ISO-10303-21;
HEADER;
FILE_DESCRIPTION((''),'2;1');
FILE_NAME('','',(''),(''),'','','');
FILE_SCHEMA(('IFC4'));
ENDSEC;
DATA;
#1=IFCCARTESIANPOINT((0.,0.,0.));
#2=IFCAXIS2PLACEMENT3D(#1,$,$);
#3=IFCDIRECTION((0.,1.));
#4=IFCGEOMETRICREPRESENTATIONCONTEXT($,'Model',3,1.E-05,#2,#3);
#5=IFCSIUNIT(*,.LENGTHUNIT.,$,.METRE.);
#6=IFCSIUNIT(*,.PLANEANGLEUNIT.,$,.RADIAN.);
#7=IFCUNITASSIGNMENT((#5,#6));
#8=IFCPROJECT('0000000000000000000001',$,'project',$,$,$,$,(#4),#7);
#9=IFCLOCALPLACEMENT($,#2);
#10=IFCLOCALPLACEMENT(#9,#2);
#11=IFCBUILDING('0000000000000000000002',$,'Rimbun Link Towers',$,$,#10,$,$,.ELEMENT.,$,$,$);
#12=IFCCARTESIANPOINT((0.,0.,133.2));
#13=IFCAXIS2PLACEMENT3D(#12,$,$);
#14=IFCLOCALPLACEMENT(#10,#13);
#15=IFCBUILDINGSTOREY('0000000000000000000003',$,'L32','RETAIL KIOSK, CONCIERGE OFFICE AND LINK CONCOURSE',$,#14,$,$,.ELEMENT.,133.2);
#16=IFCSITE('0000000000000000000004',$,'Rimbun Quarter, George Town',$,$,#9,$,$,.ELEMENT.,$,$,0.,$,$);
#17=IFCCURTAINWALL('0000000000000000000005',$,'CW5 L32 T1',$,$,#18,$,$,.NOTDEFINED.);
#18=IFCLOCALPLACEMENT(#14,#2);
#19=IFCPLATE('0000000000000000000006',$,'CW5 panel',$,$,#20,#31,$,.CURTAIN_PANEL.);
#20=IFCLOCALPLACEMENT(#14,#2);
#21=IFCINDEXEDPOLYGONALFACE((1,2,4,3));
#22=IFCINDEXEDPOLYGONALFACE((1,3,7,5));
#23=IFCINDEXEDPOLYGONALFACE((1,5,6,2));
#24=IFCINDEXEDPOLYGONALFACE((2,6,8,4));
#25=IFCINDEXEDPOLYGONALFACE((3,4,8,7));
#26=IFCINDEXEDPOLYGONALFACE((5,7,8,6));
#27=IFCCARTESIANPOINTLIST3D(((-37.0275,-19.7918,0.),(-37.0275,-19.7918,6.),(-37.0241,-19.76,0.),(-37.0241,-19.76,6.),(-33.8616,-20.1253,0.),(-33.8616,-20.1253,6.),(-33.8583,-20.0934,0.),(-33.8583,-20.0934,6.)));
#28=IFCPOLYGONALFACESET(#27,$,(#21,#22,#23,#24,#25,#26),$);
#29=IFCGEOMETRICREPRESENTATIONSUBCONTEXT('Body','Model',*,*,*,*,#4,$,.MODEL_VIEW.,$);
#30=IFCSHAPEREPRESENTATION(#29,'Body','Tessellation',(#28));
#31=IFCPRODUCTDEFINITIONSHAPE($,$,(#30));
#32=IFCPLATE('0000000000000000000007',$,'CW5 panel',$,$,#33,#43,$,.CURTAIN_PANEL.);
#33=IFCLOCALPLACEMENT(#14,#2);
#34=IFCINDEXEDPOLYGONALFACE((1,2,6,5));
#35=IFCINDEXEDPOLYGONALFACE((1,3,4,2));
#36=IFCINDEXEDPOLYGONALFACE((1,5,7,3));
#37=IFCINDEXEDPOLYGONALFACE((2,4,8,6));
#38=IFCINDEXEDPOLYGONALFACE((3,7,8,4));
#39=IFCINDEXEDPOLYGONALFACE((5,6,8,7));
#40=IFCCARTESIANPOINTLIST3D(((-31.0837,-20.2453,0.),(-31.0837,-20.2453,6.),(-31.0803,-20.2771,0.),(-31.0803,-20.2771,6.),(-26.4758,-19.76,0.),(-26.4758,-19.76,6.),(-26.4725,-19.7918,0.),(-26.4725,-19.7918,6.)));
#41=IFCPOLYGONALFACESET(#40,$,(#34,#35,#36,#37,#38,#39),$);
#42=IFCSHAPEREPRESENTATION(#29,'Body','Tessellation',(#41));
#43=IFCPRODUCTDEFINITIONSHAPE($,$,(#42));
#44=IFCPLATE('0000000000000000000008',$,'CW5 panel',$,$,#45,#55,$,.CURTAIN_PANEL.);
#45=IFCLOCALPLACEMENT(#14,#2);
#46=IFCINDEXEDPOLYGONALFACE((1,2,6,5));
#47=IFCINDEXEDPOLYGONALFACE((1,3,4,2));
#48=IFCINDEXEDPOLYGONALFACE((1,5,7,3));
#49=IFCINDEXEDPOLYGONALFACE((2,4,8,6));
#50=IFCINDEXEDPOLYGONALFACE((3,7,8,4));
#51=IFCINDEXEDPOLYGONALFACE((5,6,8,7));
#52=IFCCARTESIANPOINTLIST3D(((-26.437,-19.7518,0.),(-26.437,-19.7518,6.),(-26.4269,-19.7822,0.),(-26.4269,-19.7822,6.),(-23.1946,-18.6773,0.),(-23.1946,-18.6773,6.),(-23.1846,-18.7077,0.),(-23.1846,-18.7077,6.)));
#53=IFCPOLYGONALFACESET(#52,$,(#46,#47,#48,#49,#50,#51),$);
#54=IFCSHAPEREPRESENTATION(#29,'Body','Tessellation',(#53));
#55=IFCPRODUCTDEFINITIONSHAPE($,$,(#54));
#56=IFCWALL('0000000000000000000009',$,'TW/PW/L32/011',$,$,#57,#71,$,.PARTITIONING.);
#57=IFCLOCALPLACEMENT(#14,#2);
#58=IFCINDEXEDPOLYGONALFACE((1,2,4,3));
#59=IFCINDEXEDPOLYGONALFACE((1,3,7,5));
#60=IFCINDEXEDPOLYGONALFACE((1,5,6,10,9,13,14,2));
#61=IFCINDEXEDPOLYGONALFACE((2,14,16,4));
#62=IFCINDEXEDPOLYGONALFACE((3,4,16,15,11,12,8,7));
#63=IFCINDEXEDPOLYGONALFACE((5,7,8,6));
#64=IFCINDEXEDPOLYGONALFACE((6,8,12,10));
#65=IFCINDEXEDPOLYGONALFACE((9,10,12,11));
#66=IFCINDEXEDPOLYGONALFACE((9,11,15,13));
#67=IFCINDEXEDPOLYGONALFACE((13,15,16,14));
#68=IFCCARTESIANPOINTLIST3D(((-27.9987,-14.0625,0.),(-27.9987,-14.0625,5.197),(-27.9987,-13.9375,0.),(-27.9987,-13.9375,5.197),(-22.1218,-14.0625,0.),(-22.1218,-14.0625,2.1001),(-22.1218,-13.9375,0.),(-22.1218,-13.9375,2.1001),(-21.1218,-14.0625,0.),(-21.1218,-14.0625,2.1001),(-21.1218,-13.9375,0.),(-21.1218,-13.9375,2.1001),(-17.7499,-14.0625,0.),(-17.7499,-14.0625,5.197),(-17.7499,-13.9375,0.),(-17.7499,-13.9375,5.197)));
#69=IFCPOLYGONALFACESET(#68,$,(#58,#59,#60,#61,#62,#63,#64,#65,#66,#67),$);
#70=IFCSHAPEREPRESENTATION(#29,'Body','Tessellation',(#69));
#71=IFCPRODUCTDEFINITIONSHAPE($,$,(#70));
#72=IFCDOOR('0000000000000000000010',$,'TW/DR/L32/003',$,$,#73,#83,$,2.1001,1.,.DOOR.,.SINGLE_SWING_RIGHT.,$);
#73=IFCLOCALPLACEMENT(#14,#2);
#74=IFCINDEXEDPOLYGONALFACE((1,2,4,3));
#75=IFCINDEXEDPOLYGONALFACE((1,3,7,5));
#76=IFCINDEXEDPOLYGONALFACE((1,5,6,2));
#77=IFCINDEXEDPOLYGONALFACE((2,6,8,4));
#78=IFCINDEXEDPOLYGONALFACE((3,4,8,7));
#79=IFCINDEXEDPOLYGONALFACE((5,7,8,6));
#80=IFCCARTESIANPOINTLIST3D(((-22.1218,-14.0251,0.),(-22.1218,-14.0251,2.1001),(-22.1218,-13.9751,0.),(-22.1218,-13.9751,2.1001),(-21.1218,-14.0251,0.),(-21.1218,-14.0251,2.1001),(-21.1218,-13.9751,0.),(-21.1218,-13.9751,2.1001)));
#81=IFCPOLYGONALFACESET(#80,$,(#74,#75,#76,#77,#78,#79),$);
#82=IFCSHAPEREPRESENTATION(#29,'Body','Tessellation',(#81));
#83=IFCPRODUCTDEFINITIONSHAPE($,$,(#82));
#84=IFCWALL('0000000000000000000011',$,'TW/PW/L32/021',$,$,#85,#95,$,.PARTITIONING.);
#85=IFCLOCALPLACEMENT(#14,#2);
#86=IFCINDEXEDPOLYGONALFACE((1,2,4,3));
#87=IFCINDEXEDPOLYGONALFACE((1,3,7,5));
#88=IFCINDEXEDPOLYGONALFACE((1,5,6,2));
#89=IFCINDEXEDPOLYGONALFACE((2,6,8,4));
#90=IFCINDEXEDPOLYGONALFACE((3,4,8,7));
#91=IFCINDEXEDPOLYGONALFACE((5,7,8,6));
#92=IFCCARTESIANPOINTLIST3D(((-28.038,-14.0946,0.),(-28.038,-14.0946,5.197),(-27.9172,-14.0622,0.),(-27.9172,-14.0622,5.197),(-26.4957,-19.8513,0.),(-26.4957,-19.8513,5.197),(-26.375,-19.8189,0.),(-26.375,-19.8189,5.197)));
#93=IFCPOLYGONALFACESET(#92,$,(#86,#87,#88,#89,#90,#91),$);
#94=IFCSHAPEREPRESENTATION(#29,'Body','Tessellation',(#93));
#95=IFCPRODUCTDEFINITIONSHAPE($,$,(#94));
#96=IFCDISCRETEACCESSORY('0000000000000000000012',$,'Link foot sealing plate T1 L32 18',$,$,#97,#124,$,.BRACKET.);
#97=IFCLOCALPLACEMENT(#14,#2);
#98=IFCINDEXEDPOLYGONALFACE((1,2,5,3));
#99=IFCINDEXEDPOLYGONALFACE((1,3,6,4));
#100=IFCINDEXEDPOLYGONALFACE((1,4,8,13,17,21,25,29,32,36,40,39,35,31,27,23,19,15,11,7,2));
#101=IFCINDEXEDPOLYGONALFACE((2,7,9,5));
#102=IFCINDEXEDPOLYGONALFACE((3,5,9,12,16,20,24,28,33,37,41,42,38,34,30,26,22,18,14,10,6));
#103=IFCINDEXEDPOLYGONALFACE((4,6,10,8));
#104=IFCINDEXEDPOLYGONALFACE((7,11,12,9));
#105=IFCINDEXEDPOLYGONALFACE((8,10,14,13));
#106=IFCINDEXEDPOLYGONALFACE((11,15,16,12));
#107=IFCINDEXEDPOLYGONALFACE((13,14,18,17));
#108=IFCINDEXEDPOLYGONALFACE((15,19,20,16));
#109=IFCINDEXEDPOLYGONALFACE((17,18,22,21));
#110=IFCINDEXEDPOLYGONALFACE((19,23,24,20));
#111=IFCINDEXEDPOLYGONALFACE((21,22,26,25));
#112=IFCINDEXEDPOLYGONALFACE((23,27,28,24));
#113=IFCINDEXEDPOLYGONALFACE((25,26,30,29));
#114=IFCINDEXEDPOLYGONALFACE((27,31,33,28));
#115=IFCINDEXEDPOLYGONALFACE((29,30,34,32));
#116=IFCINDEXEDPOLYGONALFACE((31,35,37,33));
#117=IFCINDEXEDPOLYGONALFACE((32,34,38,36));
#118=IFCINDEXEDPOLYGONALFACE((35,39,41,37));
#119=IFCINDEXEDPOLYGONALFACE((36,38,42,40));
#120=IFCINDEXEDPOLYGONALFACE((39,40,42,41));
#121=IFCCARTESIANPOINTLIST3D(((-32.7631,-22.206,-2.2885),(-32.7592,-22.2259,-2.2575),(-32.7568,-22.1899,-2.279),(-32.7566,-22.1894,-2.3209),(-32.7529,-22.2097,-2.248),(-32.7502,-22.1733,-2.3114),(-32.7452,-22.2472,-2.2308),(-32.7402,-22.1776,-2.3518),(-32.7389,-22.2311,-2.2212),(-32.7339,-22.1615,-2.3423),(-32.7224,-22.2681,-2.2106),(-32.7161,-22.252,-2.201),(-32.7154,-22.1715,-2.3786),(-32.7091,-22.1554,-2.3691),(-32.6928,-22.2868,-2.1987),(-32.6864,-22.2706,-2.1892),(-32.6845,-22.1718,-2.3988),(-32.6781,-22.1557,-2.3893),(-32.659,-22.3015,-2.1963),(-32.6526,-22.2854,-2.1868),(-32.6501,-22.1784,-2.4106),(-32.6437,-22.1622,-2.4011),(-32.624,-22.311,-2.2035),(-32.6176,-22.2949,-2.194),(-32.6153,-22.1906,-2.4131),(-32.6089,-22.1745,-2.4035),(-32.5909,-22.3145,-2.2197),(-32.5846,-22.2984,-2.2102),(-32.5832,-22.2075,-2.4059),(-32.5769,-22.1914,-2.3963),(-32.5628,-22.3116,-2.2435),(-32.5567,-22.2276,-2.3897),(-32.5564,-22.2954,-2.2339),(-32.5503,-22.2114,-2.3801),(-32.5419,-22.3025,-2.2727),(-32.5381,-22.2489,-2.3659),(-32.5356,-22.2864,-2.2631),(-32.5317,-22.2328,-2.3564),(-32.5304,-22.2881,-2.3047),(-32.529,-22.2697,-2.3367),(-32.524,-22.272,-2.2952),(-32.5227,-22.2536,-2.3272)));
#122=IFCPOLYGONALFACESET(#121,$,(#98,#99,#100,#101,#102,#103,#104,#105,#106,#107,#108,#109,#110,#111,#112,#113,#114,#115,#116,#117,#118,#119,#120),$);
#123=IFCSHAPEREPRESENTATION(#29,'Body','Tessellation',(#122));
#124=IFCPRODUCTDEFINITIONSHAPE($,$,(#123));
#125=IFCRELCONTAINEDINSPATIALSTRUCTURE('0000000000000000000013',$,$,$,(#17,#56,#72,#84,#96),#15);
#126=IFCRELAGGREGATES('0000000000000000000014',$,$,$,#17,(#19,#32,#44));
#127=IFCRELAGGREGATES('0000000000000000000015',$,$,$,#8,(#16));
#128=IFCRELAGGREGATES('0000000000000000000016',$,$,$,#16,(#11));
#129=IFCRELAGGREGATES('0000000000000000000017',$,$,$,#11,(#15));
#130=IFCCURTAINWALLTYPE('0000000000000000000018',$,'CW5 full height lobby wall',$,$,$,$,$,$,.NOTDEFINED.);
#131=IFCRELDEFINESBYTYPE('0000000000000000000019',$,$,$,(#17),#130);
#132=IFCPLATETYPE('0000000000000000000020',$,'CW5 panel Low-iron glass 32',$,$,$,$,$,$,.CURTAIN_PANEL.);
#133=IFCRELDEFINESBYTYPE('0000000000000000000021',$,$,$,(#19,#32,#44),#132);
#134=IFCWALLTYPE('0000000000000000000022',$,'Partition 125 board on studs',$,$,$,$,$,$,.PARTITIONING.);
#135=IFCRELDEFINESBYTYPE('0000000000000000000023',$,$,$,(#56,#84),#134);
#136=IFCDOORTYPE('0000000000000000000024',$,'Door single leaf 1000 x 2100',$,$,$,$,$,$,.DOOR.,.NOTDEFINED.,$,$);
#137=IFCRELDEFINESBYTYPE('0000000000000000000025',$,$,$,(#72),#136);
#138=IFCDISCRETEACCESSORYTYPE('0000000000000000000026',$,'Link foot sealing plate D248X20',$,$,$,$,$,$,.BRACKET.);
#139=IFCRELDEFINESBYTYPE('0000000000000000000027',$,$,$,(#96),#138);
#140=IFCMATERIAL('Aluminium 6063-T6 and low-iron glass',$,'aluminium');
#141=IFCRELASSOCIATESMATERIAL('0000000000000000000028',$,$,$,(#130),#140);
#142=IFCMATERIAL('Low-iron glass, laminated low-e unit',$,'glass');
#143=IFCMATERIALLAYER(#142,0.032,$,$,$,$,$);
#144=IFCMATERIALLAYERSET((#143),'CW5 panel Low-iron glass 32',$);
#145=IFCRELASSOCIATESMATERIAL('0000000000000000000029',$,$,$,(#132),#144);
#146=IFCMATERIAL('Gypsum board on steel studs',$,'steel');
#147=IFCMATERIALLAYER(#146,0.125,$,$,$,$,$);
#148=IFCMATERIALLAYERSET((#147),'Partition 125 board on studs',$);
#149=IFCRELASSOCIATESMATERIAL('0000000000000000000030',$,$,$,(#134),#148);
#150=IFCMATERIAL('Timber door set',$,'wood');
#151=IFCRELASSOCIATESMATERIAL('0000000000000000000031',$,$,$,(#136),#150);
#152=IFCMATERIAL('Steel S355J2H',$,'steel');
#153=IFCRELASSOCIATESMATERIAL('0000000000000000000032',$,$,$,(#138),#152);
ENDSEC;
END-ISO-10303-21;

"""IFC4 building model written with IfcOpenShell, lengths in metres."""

from ifc_helpers import new_model, si_unit, direction, frame, frame_2d, origin, origin_2d, place, context, subcontext, project, spatial, rectangle, circle, extrude, material, layer, layer_set, material_profile, profile_set, type_object, element, fill, aggregate, save


model = new_model("IFC4")

# Units and contexts
model_context = context("Model", 3, precision=1e-05, world=origin(), true_north=direction((0.0, 1.0)))
body_context = subcontext(model_context, "Body", "Model", "MODEL_VIEW")
ifc_project = project(units=[si_unit("LENGTHUNIT", "METRE"), si_unit("PLANEANGLEUNIT", "RADIAN")], contexts=[model_context])

# Site, building, storey
site_placement = place(None, origin())
site = spatial("IfcSite", under=ifc_project, at=site_placement, Name="Rimbun Quarter, George Town", CompositionType="ELEMENT", RefElevation=0.0)
building_placement = place(site_placement, origin())
building = spatial("IfcBuilding", under=site, at=building_placement, Name="Rimbun Link Towers", CompositionType="ELEMENT")
storey_placement = place(building_placement, frame((0.0, 0.0, 133.2)))
storey = spatial("IfcBuildingStorey", under=building, at=storey_placement, Name="L32", Description="RETAIL KIOSK, CONCIERGE OFFICE AND LINK CONCOURSE", CompositionType="ELEMENT", Elevation=133.2)

# Curtain wall
ifc_material_1 = material(Name="Aluminium 6063-T6 and low-iron glass", Category="aluminium")
curtain_wall_type = type_object("IfcCurtainWallType", Name="CW5 full height lobby wall", PredefinedType="NOTDEFINED", material=ifc_material_1)
curtain_wall_placement = place(storey_placement, origin())
curtain_wall = element("IfcCurtainWall", 1, at=curtain_wall_placement, inside=storey, type_object=curtain_wall_type, Name="CW5 L32 T1", PredefinedType="NOTDEFINED")

# Plates
ifc_material_2 = material(Name="Low-iron glass, laminated low-e unit", Category="glass")
ifc_layer_1 = layer(ifc_material_2, 0.032)
ifc_layer_set_1 = layer_set([ifc_layer_1], Name="CW5 panel Low-iron glass 32")
plate_type = type_object("IfcPlateType", Name="CW5 panel Low-iron glass 32", PredefinedType="CURTAIN_PANEL", material=ifc_layer_set_1)
plate_1_placement = place(storey_placement, frame((-35.4429, -19.9426, 0.0), z_axis=(0.0, 0.0, 1.0), x_axis=(-0.994499, 0.104745, 0.0)))
plate_1 = element("IfcPlate", 2, at=plate_1_placement, type_object=plate_type, Name="CW5 panel", PredefinedType="CURTAIN_PANEL", context=body_context, shape_type="SweptSolid", body=[
    extrude(rectangle(XDim=3.1833, YDim=0.032, at=origin_2d()), origin(), (0.0, 0.0, 1.0), 6.0),
])
plate_2_placement = place(storey_placement, frame((-28.7781, -20.0186, 0.0), z_axis=(0.0, 0.0, 1.0), x_axis=(-0.994499, -0.104745, 0.0)))
plate_2 = element("IfcPlate", 3, at=plate_2_placement, type_object=plate_type, Name="CW5 panel", PredefinedType="CURTAIN_PANEL", context=body_context, shape_type="SweptSolid", body=[
    extrude(rectangle(XDim=4.6333, YDim=0.032, at=origin_2d()), origin(), (0.0, 0.0, 1.0), 6.0),
])
plate_3_placement = place(storey_placement, frame((-24.8108, -19.2297, 0.0), z_axis=(0.0, 0.0, 1.0), x_axis=(-0.949235, -0.314568, 0.0)))
plate_3 = element("IfcPlate", 4, at=plate_3_placement, type_object=plate_type, Name="CW5 panel", PredefinedType="CURTAIN_PANEL", context=body_context, shape_type="SweptSolid", body=[
    extrude(rectangle(XDim=3.4158, YDim=0.032, at=origin_2d()), origin(), (0.0, 0.0, 1.0), 6.0),
])
aggregate(curtain_wall, [plate_1, plate_2, plate_3])

# Wall, opening, door
ifc_material_3 = material(Name="Gypsum board on steel studs", Category="steel")
ifc_layer_2 = layer(ifc_material_3, 0.125)
ifc_layer_set_2 = layer_set([ifc_layer_2], Name="Partition 125 board on studs")
wall_type = type_object("IfcWallType", Name="Partition 125 board on studs", PredefinedType="PARTITIONING", material=ifc_layer_set_2)
wall_1_placement = place(storey_placement, frame((-27.9988, -14.0, 0.0), z_axis=(0.0, 0.0, 1.0), x_axis=(1.0, 0.0, 0.0)))
wall_1 = element("IfcWall", 5, at=wall_1_placement, inside=storey, type_object=wall_type, Name="TW/PW/L32/011", PredefinedType="PARTITIONING", context=body_context, shape_type="SweptSolid", body=[
    extrude(rectangle(XDim=10.2488, YDim=0.125, at=frame_2d((5.1245, 0.0))), origin(), (0.0, 0.0, 1.0), 5.197),
])
opening_placement = place(wall_1_placement, frame((5.877, 0.0, 0.0)))
opening = element("IfcOpeningElement", 6, at=opening_placement, cuts=wall_1, PredefinedType="OPENING", context=body_context, shape_type="SweptSolid", body=[
    extrude(rectangle(XDim=1.0, YDim=2.1001, at=frame_2d((0.5, 1.05))), frame((0.0, 0.0725, 0.0), z_axis=(0.0, -1.0, 0.0), x_axis=(1.0, 0.0, 0.0)), (0.0, 0.0, 1.0), 0.145),
])
ifc_material_4 = material(Name="Timber door set", Category="wood")
door_type = type_object("IfcDoorType", Name="Door single leaf 1000 x 2100", OperationType="NOTDEFINED", PredefinedType="DOOR", material=ifc_material_4)
door_placement = place(opening_placement, origin())
door = element("IfcDoor", 7, at=door_placement, inside=storey, type_object=door_type, Name="TW/DR/L32/003", OperationType="SINGLE_SWING_RIGHT", OverallHeight=2.1001, OverallWidth=1.0, PredefinedType="DOOR", context=body_context, shape_type="SweptSolid", body=[
    extrude(rectangle(XDim=1.0, YDim=2.1001, at=frame_2d((0.5, 1.05))), frame((0.0, 0.0249, 0.0), z_axis=(0.0, -1.0, 0.0), x_axis=(1.0, 0.0, 0.0)), (0.0, 0.0, 1.0), 0.05),
])
fill(opening, door)

# Wall
wall_2_placement = place(storey_placement, frame((-26.4353, -19.8352, 0.0), z_axis=(0.0, 0.0, 1.0), x_axis=(-0.258782, 0.965936, 0.0)))
element("IfcWall", 8, at=wall_2_placement, inside=storey, type_object=wall_type, Name="TW/PW/L32/021", PredefinedType="PARTITIONING", context=body_context, shape_type="SweptSolid", body=[
    extrude(rectangle(XDim=5.9597, YDim=0.125, at=frame_2d((2.98, 0.0))), origin(), (0.0, 0.0, 1.0), 5.197),
])

# Discrete accessory
ifc_material_5 = material(Name="Steel S355J2H", Category="steel")
ifc_material_profile_1 = material_profile(ifc_material_5, circle(Radius=0.124, at=origin_2d()), Name="PL D248")
ifc_profile_set_1 = profile_set([ifc_material_profile_1], Name="Steel S355J2H")
discrete_accessory_type = type_object("IfcDiscreteAccessoryType", Name="Link foot sealing plate D248X20", PredefinedType="BRACKET", material=ifc_profile_set_1)
discrete_accessory_placement = place(storey_placement, frame((-32.6394, -22.2266, -2.2952), z_axis=(-0.321184, -0.815312, -0.481775), x_axis=(0.930408, -0.366525, 0.0)))
element("IfcDiscreteAccessory", 9, at=discrete_accessory_placement, inside=storey, type_object=discrete_accessory_type, Name="Link foot sealing plate T1 L32 18", PredefinedType="BRACKET", context=body_context, shape_type="SweptSolid", body=[
    extrude(circle(Radius=0.124, at=origin_2d()), origin(), (0.0, 0.0, 1.0), 0.0198),
])

save(model, "model.ifc")
